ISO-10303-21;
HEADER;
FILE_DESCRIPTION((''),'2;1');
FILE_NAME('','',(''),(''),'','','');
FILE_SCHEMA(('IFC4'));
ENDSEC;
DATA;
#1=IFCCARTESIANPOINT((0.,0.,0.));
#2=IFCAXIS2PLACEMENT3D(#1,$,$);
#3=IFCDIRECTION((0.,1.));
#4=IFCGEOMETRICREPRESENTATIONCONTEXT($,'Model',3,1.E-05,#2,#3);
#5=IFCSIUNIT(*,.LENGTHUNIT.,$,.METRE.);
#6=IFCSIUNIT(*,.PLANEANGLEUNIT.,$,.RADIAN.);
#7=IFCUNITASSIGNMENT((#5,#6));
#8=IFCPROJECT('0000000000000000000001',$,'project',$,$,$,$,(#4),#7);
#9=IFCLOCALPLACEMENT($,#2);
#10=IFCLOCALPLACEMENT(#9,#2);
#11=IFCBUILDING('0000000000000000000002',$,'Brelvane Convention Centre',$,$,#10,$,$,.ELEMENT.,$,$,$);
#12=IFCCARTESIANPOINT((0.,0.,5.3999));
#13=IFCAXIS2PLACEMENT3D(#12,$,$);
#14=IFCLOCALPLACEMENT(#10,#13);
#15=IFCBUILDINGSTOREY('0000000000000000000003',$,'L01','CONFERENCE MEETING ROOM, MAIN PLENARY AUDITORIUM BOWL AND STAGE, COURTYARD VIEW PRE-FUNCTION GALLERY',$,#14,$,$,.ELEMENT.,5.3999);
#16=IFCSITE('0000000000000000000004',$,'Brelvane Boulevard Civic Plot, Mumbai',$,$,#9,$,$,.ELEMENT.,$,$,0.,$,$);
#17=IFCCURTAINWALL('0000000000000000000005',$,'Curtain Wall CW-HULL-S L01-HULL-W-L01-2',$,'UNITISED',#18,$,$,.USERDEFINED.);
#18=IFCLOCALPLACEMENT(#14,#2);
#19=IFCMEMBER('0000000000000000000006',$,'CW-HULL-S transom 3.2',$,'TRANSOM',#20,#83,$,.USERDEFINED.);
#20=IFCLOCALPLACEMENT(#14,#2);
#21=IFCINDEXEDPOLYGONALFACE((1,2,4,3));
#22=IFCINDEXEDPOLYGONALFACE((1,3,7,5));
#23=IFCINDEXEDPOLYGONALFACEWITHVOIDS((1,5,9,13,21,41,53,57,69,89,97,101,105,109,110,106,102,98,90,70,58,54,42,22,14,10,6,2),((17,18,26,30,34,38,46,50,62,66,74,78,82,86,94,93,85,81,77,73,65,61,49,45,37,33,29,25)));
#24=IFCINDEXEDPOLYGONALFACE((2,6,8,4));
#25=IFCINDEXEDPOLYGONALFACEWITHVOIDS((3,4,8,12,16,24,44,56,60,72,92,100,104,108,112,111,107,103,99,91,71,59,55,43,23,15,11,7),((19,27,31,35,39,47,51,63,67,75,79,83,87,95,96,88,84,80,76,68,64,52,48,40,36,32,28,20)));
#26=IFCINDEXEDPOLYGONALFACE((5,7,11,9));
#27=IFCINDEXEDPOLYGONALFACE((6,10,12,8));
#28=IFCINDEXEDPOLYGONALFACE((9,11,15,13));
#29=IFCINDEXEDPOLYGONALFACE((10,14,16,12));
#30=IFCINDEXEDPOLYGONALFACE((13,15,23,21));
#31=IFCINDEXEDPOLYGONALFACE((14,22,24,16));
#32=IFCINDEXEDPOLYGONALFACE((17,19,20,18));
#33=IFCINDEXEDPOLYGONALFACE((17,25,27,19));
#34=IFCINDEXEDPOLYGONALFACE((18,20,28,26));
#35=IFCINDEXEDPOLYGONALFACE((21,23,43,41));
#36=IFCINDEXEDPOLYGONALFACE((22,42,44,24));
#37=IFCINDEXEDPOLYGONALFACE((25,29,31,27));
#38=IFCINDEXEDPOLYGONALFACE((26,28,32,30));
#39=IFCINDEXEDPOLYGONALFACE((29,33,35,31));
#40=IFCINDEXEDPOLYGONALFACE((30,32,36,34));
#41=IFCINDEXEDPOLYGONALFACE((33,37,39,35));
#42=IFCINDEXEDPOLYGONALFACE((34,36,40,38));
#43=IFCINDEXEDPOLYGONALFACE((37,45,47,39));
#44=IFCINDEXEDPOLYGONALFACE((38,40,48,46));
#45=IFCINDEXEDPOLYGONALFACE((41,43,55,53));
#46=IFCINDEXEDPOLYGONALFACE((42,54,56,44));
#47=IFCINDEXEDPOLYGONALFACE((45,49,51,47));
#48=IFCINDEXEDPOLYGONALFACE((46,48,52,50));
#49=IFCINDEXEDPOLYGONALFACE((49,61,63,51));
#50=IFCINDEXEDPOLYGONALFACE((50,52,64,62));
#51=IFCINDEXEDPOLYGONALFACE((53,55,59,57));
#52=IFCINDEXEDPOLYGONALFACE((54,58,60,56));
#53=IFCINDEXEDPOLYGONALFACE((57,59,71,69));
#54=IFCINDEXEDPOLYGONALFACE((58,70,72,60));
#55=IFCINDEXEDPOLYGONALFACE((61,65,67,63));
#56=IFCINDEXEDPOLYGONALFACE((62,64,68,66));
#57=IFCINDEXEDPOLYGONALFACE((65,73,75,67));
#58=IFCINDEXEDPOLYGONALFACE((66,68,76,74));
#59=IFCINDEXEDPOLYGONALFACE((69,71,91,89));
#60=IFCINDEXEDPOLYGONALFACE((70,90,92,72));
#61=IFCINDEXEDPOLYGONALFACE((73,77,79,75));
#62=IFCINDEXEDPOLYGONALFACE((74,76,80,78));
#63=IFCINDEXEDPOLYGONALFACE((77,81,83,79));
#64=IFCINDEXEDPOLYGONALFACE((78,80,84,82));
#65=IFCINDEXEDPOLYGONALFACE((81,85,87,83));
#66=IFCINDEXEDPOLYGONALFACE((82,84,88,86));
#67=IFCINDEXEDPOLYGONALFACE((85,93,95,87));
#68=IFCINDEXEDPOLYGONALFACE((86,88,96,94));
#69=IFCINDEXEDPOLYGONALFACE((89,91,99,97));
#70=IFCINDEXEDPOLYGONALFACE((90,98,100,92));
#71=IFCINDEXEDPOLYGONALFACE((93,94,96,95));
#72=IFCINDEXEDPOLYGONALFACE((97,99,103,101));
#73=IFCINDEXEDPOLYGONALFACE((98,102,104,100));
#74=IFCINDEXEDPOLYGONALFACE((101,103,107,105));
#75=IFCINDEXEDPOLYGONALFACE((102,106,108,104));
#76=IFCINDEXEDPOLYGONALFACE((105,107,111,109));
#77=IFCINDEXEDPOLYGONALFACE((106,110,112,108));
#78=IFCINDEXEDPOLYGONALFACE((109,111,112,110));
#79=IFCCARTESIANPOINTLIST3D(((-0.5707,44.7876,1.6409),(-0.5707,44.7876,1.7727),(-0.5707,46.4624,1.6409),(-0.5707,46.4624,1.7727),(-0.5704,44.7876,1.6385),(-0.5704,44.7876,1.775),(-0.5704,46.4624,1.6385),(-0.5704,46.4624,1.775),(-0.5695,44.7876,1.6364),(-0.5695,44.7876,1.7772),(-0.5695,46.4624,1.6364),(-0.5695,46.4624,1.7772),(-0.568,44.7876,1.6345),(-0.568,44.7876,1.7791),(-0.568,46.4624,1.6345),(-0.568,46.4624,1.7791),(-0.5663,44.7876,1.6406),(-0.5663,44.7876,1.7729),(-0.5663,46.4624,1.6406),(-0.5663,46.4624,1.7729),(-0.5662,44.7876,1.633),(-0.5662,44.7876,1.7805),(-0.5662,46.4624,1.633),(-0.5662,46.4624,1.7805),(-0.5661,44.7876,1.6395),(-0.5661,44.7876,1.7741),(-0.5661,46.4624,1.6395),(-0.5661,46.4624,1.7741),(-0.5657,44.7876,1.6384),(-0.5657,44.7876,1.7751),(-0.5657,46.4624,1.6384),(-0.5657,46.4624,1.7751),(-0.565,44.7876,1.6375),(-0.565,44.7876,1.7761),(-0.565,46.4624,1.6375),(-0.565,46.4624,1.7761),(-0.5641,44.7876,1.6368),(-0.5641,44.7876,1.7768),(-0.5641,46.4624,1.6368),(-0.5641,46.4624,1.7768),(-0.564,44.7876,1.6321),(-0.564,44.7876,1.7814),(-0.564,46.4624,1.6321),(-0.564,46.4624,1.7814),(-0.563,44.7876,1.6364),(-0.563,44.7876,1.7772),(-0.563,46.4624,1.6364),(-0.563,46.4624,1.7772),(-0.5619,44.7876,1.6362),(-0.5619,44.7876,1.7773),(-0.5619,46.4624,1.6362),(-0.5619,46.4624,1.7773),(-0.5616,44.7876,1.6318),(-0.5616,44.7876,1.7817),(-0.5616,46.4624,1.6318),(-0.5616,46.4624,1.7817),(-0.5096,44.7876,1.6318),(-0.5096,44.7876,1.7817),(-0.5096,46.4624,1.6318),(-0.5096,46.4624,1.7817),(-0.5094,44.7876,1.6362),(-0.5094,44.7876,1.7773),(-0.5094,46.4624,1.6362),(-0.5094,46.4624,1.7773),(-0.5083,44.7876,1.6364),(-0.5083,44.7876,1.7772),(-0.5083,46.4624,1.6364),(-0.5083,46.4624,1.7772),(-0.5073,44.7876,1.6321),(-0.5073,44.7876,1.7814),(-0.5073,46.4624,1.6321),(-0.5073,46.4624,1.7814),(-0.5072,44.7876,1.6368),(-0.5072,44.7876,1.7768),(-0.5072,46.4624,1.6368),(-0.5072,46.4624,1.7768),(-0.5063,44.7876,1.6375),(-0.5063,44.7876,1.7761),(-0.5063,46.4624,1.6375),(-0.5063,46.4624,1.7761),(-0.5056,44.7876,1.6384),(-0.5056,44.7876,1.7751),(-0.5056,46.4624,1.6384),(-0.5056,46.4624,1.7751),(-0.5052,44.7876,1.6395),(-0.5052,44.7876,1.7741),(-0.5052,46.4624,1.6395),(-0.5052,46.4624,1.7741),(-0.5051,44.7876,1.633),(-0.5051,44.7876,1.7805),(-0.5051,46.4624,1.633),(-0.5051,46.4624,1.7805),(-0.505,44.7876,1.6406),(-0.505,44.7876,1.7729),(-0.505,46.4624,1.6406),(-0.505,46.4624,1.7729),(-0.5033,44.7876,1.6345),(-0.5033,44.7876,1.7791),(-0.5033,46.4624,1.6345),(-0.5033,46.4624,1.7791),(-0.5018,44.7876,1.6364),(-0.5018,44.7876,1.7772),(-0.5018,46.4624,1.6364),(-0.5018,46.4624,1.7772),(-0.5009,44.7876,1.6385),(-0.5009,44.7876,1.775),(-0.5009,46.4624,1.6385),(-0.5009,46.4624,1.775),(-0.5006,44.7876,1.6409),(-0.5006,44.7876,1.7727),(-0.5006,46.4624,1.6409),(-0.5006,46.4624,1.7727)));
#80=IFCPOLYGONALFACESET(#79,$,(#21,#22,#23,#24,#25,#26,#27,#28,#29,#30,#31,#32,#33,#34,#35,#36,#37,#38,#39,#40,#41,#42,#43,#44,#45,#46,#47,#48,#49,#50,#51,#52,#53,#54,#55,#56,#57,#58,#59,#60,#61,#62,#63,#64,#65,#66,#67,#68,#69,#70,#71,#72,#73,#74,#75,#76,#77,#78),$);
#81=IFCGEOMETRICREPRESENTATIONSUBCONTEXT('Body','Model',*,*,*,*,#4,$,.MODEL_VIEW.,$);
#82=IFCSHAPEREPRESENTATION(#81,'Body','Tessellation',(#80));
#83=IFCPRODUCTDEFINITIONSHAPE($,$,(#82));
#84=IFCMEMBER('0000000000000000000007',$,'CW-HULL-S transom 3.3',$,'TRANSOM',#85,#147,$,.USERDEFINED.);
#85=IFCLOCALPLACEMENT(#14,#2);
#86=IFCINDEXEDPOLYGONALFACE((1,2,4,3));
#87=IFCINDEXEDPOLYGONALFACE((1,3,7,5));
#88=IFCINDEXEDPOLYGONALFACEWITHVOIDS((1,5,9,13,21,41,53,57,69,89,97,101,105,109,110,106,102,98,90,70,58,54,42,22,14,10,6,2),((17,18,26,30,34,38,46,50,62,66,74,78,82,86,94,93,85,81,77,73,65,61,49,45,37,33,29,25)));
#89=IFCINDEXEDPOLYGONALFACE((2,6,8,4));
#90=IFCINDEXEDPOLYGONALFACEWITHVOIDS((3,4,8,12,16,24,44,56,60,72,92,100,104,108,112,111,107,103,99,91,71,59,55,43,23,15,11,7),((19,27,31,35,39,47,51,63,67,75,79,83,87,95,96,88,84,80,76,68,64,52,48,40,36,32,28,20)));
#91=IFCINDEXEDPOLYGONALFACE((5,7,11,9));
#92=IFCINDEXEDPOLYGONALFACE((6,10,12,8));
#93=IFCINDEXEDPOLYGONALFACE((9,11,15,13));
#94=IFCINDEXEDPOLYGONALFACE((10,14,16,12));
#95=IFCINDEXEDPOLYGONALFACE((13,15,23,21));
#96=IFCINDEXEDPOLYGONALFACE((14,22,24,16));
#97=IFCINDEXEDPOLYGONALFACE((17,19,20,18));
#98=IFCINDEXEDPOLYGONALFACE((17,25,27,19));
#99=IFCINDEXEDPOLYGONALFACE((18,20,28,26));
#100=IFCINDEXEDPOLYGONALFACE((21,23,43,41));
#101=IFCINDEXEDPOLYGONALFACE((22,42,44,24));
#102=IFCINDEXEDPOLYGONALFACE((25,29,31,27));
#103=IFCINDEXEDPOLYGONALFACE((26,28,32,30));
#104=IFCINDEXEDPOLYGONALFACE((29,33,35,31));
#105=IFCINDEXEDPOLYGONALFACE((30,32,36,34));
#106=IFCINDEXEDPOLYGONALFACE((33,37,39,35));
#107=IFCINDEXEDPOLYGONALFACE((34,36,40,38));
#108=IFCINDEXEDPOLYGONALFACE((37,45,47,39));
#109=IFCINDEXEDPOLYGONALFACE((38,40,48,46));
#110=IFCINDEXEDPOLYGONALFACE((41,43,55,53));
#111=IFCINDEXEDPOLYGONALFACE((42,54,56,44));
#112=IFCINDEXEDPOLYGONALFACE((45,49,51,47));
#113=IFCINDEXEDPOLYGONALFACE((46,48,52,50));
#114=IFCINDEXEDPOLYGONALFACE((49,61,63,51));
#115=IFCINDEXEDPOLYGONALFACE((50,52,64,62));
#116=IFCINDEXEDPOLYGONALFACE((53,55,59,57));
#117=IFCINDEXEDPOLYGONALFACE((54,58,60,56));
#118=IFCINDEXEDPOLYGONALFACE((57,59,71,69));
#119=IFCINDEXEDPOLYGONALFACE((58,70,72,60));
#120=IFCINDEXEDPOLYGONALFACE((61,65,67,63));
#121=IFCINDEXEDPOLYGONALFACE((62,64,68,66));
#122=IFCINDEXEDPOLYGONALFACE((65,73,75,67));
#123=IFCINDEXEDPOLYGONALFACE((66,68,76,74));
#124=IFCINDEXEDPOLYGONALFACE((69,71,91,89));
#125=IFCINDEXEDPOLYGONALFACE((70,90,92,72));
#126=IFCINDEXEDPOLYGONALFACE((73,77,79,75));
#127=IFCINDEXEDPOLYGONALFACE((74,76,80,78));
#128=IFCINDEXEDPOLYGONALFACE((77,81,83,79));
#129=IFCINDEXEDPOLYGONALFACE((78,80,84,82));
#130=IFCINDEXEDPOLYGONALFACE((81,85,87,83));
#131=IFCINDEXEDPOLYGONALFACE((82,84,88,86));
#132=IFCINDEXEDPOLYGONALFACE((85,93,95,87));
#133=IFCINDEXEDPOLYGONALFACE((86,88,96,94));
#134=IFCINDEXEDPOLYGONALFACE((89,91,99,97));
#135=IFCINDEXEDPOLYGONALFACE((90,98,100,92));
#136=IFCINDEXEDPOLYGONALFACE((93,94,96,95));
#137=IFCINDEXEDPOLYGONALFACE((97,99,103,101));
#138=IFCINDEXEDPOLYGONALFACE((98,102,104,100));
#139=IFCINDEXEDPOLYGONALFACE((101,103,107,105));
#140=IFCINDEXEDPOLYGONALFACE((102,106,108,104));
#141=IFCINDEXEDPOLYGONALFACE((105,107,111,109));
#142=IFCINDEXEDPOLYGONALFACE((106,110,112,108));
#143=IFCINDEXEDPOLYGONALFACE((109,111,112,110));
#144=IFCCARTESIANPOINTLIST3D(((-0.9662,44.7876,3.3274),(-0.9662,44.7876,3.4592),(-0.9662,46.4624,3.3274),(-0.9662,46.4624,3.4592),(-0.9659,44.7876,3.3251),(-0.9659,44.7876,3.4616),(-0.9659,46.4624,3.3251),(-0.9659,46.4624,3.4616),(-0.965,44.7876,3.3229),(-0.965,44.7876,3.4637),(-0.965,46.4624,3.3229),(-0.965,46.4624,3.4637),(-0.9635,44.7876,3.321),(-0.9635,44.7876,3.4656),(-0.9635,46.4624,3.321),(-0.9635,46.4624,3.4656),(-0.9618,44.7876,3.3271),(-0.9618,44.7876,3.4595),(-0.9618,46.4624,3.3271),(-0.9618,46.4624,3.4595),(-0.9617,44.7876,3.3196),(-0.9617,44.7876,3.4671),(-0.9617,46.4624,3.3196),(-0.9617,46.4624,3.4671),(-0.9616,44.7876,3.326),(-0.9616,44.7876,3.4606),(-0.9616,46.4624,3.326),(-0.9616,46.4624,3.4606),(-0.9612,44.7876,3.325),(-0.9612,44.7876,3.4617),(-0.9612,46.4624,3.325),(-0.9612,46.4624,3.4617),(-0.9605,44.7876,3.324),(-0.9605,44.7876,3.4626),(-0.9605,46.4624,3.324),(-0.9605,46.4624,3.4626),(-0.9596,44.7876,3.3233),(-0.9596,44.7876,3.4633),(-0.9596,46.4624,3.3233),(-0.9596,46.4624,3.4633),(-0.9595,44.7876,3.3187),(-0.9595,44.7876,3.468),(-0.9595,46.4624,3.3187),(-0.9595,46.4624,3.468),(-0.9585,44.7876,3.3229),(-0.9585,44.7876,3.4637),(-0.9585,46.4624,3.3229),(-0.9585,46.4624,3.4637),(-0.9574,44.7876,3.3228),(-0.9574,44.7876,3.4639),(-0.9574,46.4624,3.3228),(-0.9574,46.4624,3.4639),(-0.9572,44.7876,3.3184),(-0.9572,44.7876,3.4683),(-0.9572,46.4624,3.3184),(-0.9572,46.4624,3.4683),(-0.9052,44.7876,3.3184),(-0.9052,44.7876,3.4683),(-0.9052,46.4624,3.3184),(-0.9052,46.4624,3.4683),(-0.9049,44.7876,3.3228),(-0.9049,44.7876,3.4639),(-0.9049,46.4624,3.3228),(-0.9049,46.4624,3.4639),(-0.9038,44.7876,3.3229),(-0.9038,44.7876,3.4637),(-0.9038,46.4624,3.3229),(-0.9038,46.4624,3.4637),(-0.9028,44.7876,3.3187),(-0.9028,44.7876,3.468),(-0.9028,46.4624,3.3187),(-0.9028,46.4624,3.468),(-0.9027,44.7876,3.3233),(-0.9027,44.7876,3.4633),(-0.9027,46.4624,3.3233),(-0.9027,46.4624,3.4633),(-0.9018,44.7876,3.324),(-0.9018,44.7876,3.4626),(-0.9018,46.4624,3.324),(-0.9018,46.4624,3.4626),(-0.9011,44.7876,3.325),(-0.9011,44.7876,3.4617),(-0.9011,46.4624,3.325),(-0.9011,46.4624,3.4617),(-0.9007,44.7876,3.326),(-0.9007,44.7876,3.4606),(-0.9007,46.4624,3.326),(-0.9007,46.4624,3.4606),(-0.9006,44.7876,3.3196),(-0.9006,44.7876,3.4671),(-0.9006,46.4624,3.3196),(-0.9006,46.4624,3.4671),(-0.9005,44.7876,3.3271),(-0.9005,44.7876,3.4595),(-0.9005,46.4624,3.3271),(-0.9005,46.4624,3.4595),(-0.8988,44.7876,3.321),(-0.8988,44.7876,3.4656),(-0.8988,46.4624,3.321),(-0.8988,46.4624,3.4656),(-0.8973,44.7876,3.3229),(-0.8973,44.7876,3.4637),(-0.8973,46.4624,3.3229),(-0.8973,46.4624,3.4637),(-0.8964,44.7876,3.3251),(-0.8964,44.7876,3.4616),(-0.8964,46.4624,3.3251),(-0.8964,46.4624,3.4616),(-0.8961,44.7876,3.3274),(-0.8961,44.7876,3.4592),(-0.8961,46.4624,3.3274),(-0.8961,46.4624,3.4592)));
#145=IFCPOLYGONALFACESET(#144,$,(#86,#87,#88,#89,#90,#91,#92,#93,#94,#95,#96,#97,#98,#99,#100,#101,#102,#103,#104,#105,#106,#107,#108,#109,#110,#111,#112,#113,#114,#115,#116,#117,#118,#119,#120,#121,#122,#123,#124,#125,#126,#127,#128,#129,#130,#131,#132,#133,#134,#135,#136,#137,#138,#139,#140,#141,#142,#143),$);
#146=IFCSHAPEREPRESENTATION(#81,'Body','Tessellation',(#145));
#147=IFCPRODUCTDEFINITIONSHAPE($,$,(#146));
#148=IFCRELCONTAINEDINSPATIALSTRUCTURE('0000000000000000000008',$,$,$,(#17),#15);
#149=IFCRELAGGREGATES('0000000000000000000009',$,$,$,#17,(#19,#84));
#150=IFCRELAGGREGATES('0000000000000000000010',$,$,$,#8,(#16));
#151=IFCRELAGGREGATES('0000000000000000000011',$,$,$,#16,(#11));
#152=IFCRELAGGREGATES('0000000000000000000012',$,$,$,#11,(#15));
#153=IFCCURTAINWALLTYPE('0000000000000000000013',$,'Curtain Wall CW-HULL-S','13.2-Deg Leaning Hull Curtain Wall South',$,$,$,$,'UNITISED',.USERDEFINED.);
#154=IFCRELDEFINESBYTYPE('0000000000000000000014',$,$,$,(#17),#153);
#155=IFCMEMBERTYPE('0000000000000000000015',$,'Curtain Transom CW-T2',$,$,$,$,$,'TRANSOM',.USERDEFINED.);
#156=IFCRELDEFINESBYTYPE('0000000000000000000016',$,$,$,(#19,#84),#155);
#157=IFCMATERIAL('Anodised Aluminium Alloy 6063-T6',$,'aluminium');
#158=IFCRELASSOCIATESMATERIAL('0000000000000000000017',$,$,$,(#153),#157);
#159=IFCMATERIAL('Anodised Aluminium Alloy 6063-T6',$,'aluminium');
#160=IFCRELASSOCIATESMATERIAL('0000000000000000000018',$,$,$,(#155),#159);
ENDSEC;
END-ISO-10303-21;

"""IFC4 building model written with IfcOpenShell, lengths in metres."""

from ifc_helpers import new_model, si_unit, direction, frame, origin, origin_2d, place, context, subcontext, project, spatial, hollow_rectangle, extrude, material, material_profile, profile_set, type_object, element, aggregate, save


model = new_model("IFC4")

# Units and contexts
model_context = context("Model", 3, precision=1e-05, world=origin(), true_north=direction((0.0, 1.0)))
body_context = subcontext(model_context, "Body", "Model", "MODEL_VIEW")
ifc_project = project(units=[si_unit("LENGTHUNIT", "METRE"), si_unit("PLANEANGLEUNIT", "RADIAN")], contexts=[model_context])

# Site, building, storey
site_placement = place(None, origin())
site = spatial("IfcSite", under=ifc_project, at=site_placement, Name="Brelvane Boulevard Civic Plot, Mumbai", CompositionType="ELEMENT", RefElevation=0.0)
building_placement = place(site_placement, origin())
building = spatial("IfcBuilding", under=site, at=building_placement, Name="Brelvane Convention Centre", CompositionType="ELEMENT")
storey_placement = place(building_placement, frame((0.0, 0.0, 5.3999)))
storey = spatial("IfcBuildingStorey", under=building, at=storey_placement, Name="L01", Description="CONFERENCE MEETING ROOM, MAIN PLENARY AUDITORIUM BOWL AND STAGE, COURTYARD VIEW PRE-FUNCTION GALLERY", CompositionType="ELEMENT", Elevation=5.3999)

# Curtain wall, members
ifc_material_1 = material(Name="Anodised Aluminium Alloy 6063-T6", Category="aluminium")
curtain_wall_type = type_object("IfcCurtainWallType", Name="Curtain Wall CW-HULL-S", Description="13.2-Deg Leaning Hull Curtain Wall South", ElementType="UNITISED", PredefinedType="USERDEFINED", material=ifc_material_1)
curtain_wall_placement = place(storey_placement, origin())
curtain_wall = element("IfcCurtainWall", 1, at=curtain_wall_placement, inside=storey, type_object=curtain_wall_type, Name="Curtain Wall CW-HULL-S L01-HULL-W-L01-2", ObjectType="UNITISED", PredefinedType="USERDEFINED")
ifc_material_2 = material(Name="Anodised Aluminium Alloy 6063-T6", Category="aluminium")
ifc_material_profile_1 = material_profile(ifc_material_2, hollow_rectangle(XDim=0.0701, YDim=0.1499, WallThickness=0.0044, InnerFilletRadius=0.0044, OuterFilletRadius=0.009, at=origin_2d()), Name="ALU-T 150x70x4.5")
ifc_profile_set_1 = profile_set([ifc_material_profile_1], Name="Anodised Aluminium Alloy 6063-T6")
member_type_1 = type_object("IfcMemberType", Name="Curtain Transom CW-T2", ElementType="TRANSOM", PredefinedType="USERDEFINED", material=ifc_profile_set_1)
member_1_placement = place(storey_placement, frame((-0.5356, 44.7876, 1.7068), z_axis=(0.0, 1.0, 0.0), x_axis=(-1.0, 0.0, 0.0)))
member_1 = element("IfcMember", 2, at=member_1_placement, type_object=member_type_1, Name="CW-HULL-S transom 3.2", ObjectType="TRANSOM", PredefinedType="USERDEFINED", context=body_context, shape_type="SweptSolid", body=[
    extrude(hollow_rectangle(XDim=0.0701, YDim=0.1499, WallThickness=0.0044, InnerFilletRadius=0.0044, OuterFilletRadius=0.009, at=origin_2d()), origin(), (0.0, 0.0, 1.0), 1.6748),
])
member_2_placement = place(storey_placement, frame((-0.9312, 44.7876, 3.3933), z_axis=(0.0, 1.0, 0.0), x_axis=(-1.0, 0.0, 0.0)))
member_2 = element("IfcMember", 3, at=member_2_placement, type_object=member_type_1, Name="CW-HULL-S transom 3.3", ObjectType="TRANSOM", PredefinedType="USERDEFINED", context=body_context, shape_type="SweptSolid", body=[
    extrude(hollow_rectangle(XDim=0.0701, YDim=0.1499, WallThickness=0.0044, InnerFilletRadius=0.0044, OuterFilletRadius=0.009, at=origin_2d()), origin(), (0.0, 0.0, 1.0), 1.6748),
])
aggregate(curtain_wall, [member_1, member_2])

save(model, "model.ifc")
